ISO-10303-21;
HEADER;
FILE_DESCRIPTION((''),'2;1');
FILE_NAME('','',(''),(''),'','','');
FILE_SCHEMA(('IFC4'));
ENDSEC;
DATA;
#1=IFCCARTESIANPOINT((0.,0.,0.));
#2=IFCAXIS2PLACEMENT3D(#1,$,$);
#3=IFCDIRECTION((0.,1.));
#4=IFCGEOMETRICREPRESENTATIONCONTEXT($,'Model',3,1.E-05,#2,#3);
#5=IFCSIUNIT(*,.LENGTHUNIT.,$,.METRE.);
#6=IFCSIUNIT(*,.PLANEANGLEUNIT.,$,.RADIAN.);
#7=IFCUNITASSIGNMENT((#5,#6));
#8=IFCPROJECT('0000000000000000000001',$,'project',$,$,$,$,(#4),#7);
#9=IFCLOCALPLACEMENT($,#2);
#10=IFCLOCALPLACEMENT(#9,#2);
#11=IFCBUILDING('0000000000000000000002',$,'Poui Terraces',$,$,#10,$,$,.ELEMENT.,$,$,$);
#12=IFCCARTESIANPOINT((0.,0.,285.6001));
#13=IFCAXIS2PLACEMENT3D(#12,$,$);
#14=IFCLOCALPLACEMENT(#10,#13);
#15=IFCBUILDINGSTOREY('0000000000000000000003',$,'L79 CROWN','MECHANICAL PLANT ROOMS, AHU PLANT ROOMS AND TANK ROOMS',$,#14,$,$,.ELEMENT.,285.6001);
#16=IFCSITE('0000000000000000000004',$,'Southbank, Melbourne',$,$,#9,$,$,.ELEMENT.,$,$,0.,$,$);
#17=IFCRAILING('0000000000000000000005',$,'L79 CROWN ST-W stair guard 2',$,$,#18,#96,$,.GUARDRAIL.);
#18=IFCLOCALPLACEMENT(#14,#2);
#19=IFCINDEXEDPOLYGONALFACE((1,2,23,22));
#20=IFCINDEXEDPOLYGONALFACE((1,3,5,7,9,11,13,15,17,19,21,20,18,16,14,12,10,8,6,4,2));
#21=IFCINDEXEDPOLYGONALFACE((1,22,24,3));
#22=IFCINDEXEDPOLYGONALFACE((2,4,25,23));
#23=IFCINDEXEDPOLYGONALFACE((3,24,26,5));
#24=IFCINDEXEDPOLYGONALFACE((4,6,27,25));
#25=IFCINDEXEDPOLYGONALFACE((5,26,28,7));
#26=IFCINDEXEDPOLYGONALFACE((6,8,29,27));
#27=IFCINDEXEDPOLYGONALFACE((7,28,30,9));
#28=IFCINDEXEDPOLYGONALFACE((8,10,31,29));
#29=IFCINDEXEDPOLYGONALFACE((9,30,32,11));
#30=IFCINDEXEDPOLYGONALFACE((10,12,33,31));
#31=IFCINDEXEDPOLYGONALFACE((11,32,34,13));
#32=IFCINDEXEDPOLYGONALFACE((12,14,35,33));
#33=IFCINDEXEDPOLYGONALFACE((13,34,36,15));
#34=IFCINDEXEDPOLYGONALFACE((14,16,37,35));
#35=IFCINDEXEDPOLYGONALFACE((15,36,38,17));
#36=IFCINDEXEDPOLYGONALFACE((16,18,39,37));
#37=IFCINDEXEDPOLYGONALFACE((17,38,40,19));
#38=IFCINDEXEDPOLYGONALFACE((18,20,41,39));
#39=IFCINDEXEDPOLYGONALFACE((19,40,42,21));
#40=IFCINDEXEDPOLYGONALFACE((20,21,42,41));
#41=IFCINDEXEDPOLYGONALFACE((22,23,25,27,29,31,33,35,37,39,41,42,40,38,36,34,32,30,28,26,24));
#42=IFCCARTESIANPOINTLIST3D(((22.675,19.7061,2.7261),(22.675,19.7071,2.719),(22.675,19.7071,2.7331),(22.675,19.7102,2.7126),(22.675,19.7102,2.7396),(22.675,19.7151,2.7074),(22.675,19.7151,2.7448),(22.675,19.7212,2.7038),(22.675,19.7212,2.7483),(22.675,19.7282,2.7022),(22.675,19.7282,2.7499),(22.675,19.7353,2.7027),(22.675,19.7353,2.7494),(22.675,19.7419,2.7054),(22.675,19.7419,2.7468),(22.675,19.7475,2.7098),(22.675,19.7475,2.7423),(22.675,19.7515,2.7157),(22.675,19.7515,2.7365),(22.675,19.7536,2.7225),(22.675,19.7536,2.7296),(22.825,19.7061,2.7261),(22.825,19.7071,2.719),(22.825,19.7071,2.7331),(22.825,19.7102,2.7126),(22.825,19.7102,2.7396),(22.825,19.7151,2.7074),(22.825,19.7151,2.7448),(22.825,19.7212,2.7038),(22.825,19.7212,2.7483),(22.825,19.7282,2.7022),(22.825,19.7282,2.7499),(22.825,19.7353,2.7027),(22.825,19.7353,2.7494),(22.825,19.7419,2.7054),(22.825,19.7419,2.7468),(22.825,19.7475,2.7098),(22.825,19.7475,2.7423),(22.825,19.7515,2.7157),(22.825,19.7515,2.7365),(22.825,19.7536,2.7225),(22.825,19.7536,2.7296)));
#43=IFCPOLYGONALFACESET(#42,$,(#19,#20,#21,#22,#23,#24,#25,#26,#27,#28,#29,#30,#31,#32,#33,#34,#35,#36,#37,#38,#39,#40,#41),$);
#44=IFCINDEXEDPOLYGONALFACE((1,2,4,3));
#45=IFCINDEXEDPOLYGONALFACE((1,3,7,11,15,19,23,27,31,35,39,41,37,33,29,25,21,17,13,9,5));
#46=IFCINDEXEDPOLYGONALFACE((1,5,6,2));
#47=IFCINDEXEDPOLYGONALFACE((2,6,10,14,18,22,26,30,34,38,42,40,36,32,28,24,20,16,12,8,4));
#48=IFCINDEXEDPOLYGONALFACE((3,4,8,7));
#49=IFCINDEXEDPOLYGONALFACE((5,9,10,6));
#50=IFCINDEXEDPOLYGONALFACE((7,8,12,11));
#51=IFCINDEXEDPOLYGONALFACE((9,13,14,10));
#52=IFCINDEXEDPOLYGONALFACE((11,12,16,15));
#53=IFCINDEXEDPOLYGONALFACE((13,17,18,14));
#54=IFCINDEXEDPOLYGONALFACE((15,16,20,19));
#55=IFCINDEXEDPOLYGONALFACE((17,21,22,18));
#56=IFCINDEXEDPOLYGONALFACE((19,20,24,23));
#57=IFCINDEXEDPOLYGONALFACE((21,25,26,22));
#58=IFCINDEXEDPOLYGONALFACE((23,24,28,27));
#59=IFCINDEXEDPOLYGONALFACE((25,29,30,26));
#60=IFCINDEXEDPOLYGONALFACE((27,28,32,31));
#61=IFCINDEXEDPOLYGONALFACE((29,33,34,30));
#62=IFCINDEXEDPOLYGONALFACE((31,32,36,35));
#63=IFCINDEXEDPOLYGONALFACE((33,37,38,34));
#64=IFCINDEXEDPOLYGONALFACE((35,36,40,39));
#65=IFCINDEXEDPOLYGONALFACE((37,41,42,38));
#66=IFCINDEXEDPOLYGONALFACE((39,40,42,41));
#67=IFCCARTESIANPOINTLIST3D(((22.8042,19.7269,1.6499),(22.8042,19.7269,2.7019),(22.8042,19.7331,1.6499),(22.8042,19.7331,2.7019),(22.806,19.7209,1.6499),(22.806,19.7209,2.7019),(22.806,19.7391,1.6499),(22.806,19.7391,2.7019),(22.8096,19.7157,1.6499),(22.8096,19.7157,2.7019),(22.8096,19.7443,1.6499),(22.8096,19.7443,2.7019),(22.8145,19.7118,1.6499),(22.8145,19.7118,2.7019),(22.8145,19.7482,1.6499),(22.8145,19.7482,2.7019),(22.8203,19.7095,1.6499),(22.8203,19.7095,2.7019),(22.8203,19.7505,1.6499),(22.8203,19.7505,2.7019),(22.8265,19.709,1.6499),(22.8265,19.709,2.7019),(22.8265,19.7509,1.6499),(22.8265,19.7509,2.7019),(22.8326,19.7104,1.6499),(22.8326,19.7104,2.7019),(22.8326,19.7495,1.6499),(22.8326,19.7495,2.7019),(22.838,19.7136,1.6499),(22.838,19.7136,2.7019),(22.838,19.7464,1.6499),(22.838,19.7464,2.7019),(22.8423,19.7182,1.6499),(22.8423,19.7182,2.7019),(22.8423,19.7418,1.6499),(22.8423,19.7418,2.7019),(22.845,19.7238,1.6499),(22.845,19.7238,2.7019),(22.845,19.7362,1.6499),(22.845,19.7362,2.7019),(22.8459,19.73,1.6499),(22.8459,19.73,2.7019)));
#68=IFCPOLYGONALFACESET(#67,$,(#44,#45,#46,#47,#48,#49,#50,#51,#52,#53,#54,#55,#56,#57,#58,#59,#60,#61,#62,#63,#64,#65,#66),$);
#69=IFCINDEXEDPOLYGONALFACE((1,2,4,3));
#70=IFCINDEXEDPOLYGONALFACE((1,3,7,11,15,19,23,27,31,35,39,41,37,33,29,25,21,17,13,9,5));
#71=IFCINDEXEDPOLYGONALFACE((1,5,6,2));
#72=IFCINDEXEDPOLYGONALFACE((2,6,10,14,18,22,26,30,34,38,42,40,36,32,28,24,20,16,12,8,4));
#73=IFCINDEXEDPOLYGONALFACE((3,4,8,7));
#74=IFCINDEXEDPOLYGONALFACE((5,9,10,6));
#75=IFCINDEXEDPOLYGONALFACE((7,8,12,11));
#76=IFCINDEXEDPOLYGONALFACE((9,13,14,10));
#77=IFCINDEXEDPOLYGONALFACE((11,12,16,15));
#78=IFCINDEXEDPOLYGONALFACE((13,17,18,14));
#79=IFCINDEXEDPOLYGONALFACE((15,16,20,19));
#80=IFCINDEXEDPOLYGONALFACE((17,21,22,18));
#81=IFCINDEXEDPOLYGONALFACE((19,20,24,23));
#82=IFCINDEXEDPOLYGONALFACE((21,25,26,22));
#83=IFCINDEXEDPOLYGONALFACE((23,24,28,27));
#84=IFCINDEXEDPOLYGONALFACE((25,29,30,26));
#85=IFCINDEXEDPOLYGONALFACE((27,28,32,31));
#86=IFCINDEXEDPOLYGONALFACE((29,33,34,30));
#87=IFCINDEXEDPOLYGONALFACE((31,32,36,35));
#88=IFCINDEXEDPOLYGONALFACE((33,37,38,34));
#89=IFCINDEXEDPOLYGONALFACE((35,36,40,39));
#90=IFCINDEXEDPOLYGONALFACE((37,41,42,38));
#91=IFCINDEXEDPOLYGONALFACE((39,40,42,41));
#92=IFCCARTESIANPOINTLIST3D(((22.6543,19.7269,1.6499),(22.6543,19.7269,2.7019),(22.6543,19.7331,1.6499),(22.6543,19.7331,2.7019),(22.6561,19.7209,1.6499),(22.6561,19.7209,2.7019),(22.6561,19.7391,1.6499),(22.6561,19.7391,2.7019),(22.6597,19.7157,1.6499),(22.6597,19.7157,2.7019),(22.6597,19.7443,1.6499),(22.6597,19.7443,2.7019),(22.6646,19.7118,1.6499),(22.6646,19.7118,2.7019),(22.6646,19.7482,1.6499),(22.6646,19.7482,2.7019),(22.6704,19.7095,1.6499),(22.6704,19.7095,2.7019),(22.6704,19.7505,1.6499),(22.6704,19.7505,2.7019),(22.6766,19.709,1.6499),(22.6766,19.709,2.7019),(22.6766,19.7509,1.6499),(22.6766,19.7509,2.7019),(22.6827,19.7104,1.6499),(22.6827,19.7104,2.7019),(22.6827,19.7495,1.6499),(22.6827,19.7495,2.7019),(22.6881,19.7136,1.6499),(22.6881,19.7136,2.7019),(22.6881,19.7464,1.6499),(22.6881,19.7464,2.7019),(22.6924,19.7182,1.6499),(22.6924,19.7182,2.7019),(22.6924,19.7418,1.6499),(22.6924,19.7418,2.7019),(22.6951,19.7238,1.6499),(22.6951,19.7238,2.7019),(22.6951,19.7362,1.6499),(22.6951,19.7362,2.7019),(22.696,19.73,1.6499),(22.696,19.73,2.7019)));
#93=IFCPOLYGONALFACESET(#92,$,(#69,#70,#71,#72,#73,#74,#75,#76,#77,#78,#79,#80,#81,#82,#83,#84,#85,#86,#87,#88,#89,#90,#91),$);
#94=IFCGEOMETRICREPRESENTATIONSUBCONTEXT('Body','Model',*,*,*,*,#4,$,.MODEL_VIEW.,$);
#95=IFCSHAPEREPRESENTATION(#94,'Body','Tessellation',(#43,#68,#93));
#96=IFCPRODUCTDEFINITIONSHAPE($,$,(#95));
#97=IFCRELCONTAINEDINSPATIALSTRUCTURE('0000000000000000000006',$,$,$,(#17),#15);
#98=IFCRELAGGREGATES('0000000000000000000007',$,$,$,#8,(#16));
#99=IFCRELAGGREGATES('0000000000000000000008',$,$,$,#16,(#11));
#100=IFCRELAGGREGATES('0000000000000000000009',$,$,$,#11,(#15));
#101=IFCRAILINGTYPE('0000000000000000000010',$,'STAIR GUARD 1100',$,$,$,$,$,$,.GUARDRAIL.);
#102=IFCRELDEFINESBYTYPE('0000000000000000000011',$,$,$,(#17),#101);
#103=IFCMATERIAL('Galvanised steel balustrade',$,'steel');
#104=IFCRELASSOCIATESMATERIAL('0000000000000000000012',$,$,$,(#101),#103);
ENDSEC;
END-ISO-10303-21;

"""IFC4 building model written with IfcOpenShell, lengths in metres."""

from ifc_helpers import new_model, si_unit, direction, frame, origin, origin_2d, place, context, subcontext, project, spatial, circle, extrude, material, type_object, element, save


model = new_model("IFC4")

# Units and contexts
model_context = context("Model", 3, precision=1e-05, world=origin(), true_north=direction((0.0, 1.0)))
body_context = subcontext(model_context, "Body", "Model", "MODEL_VIEW")
ifc_project = project(units=[si_unit("LENGTHUNIT", "METRE"), si_unit("PLANEANGLEUNIT", "RADIAN")], contexts=[model_context])

# Site, building, storey
site_placement = place(None, origin())
site = spatial("IfcSite", under=ifc_project, at=site_placement, Name="Southbank, Melbourne", CompositionType="ELEMENT", RefElevation=0.0)
building_placement = place(site_placement, origin())
building = spatial("IfcBuilding", under=site, at=building_placement, Name="Poui Terraces", CompositionType="ELEMENT")
storey_placement = place(building_placement, frame((0.0, 0.0, 285.6001)))
storey = spatial("IfcBuildingStorey", under=building, at=storey_placement, Name="L79 CROWN", Description="MECHANICAL PLANT ROOMS, AHU PLANT ROOMS AND TANK ROOMS", CompositionType="ELEMENT", Elevation=285.6001)

# Railing
ifc_material_1 = material(Name="Galvanised steel balustrade", Category="steel")
railing_type_1 = type_object("IfcRailingType", Name="STAIR GUARD 1100", PredefinedType="GUARDRAIL", material=ifc_material_1)
railing_1_placement = place(storey_placement, frame((22.825, 19.73, 1.6499)))
element("IfcRailing", 1, at=railing_1_placement, inside=storey, type_object=railing_type_1, Name="L79 CROWN ST-W stair guard 2", PredefinedType="GUARDRAIL", context=body_context, shape_type="SweptSolid", body=[
    extrude(circle(Radius=0.0239, at=origin_2d()), frame((0.0, 0.0, 1.0762), z_axis=(-1.0, 0.0, 0.0), x_axis=(0.0, -1.0, 0.0)), (0.0, 0.0, 1.0), 0.1499),
    extrude(circle(Radius=0.021, at=origin_2d()), origin(), (0.0, 0.0, 1.0), 1.052),
    extrude(circle(Radius=0.021, at=origin_2d()), frame((-0.1499, 0.0, 0.0)), (0.0, 0.0, 1.0), 1.052),
])

save(model, "model.ifc")
